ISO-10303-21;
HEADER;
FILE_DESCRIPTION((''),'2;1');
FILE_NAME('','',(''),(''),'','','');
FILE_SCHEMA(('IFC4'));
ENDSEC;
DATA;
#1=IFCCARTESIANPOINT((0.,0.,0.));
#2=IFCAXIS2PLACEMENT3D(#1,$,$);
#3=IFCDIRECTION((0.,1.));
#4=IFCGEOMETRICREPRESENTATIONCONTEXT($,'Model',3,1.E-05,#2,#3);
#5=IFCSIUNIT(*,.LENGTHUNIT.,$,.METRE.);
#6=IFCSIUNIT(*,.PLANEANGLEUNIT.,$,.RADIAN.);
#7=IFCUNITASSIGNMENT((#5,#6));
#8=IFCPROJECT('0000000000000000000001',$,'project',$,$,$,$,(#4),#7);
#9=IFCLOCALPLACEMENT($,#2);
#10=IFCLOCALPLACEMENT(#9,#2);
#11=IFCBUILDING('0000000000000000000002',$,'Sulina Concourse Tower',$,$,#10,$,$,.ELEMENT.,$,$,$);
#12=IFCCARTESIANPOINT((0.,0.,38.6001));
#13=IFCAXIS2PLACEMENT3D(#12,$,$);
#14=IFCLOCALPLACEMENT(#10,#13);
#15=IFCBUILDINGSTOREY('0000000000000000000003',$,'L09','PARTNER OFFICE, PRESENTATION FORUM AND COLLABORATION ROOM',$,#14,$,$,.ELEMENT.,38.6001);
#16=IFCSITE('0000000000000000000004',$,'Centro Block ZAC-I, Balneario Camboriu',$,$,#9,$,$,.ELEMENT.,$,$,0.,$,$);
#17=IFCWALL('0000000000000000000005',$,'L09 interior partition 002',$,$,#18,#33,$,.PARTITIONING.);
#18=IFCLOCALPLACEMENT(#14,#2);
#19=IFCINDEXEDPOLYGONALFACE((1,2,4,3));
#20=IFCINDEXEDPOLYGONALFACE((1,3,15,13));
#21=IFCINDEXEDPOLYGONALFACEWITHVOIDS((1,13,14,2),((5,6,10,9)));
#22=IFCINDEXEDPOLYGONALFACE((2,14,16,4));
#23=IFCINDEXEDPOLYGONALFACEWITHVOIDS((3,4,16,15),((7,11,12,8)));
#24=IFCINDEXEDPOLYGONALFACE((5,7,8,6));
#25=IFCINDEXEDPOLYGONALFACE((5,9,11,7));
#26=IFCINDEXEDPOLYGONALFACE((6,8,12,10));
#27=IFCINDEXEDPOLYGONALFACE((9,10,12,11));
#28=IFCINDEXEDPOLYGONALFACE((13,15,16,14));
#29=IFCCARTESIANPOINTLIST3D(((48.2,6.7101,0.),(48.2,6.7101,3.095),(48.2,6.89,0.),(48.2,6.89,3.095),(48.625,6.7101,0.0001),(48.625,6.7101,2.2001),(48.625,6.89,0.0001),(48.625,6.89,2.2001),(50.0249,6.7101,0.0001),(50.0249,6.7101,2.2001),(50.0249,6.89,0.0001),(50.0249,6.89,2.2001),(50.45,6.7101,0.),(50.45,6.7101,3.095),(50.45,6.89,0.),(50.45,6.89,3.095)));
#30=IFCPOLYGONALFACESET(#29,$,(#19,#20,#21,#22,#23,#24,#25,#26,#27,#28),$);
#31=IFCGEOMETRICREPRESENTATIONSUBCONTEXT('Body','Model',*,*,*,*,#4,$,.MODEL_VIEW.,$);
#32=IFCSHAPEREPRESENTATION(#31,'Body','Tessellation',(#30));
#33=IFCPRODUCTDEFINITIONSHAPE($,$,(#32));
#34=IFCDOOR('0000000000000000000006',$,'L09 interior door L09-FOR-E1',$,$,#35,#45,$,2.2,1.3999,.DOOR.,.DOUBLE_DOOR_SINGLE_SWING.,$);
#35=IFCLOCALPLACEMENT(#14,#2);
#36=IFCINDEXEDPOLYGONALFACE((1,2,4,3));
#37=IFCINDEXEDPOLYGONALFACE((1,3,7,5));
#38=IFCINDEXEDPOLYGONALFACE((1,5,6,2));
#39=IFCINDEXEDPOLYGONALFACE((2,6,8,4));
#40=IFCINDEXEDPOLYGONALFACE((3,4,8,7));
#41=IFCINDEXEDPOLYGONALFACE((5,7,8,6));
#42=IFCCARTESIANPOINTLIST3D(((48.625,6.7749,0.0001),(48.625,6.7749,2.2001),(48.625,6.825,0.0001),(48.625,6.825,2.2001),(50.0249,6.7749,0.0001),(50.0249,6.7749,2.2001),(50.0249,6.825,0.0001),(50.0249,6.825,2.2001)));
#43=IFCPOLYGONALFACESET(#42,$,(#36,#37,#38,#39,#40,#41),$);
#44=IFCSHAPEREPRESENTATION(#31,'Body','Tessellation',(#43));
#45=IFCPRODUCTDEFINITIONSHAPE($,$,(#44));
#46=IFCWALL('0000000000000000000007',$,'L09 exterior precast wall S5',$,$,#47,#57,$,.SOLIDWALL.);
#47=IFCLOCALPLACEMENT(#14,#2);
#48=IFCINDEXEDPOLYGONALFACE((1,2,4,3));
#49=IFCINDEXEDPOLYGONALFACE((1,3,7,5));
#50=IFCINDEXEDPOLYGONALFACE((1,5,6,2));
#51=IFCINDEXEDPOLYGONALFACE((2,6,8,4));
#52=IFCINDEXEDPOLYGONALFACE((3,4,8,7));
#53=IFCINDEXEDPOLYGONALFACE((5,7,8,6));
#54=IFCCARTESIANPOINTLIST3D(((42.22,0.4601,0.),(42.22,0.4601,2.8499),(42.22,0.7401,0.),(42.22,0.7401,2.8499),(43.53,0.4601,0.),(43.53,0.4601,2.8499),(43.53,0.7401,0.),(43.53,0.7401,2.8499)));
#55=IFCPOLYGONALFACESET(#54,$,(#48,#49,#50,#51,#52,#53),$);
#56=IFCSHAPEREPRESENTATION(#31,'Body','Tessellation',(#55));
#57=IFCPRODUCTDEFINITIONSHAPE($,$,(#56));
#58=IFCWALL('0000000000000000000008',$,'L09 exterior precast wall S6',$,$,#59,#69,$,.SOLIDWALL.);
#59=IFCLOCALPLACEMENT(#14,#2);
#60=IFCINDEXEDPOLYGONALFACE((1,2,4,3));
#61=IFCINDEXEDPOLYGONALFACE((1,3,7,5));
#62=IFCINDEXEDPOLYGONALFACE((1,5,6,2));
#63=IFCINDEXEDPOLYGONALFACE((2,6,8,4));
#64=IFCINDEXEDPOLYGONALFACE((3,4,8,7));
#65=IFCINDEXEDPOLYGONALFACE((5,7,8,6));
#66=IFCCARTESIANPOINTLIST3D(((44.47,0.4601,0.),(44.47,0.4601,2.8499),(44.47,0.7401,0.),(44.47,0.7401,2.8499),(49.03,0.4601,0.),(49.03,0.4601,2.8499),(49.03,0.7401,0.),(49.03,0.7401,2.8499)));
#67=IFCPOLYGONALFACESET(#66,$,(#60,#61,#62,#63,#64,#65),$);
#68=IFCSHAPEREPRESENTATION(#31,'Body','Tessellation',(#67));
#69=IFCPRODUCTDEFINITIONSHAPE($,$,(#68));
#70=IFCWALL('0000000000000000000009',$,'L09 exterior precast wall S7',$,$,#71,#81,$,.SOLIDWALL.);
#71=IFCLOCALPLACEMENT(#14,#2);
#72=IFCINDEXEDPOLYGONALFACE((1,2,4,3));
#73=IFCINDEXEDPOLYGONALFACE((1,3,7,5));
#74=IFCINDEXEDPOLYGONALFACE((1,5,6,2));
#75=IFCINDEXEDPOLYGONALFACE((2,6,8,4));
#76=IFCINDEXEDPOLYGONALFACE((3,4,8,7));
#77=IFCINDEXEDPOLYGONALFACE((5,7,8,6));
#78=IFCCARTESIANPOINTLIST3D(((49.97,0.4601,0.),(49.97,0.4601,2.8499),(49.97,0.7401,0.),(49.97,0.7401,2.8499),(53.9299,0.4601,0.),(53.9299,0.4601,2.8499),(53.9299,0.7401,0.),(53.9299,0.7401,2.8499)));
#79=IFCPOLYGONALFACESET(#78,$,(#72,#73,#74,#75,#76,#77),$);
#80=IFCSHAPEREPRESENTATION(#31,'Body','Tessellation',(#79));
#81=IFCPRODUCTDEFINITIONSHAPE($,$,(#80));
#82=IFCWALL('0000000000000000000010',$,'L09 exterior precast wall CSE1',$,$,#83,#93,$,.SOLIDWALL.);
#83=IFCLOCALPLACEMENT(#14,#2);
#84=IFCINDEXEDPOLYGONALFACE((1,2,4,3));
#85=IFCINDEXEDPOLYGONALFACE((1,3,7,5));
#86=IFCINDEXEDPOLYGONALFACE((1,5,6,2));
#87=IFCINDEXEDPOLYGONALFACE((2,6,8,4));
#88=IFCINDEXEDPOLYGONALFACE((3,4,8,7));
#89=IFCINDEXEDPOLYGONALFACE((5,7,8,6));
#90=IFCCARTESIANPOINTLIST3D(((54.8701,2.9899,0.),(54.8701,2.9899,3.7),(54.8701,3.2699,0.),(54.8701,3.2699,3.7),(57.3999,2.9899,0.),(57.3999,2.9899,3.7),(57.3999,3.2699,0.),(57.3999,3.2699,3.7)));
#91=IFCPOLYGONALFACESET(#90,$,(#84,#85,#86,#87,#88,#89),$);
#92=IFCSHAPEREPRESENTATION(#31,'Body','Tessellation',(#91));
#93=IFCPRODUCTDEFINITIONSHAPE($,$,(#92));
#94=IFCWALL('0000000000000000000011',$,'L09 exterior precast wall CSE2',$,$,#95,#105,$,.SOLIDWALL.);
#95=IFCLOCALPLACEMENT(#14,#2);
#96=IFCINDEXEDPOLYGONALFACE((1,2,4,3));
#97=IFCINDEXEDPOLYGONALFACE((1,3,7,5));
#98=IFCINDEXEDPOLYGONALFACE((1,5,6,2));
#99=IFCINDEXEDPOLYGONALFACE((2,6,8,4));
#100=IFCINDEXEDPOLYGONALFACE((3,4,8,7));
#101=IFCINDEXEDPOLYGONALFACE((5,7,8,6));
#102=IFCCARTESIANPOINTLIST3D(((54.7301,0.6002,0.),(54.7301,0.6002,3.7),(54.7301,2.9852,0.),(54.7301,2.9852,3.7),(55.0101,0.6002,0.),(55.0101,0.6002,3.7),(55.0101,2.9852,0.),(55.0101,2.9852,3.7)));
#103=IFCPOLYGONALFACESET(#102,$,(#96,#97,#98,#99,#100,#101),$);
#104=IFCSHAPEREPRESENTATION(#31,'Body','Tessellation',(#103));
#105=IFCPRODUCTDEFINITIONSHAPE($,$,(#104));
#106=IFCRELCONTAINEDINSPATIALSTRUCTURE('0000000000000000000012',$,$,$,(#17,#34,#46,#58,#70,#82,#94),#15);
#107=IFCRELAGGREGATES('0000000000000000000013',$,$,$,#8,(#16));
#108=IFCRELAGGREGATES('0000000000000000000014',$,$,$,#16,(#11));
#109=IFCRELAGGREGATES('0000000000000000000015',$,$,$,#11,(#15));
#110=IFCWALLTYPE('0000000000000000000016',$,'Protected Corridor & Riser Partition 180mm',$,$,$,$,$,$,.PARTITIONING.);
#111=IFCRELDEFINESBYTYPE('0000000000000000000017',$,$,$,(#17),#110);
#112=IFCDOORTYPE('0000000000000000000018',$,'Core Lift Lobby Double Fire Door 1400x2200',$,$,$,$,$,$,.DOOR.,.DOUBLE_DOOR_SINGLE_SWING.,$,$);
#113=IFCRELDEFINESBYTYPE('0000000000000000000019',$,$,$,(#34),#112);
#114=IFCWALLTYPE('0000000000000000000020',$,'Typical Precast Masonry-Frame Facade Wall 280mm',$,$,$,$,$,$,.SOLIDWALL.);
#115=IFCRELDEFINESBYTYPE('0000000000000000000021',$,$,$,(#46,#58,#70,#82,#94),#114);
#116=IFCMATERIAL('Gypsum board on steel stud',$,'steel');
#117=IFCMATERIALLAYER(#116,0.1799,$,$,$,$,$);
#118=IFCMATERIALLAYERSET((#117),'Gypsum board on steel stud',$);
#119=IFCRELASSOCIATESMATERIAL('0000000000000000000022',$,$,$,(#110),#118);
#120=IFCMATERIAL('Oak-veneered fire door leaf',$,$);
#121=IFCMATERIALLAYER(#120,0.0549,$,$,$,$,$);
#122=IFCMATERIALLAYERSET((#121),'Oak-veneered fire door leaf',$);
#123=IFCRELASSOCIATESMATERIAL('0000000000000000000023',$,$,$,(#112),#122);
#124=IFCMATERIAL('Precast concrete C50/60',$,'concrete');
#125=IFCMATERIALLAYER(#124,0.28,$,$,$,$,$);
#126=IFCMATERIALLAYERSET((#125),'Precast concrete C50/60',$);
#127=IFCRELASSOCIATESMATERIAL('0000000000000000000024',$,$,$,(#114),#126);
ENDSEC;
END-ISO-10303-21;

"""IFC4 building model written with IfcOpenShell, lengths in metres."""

from ifc_helpers import new_model, si_unit, direction, frame, frame_2d, origin, place, context, subcontext, project, spatial, rectangle, extrude, material, layer, layer_set, type_object, element, fill, save


model = new_model("IFC4")

# Units and contexts
model_context = context("Model", 3, precision=1e-05, world=origin(), true_north=direction((0.0, 1.0)))
body_context = subcontext(model_context, "Body", "Model", "MODEL_VIEW")
ifc_project = project(units=[si_unit("LENGTHUNIT", "METRE"), si_unit("PLANEANGLEUNIT", "RADIAN")], contexts=[model_context])

# Site, building, storey
site_placement = place(None, origin())
site = spatial("IfcSite", under=ifc_project, at=site_placement, Name="Centro Block ZAC-I, Balneario Camboriu", CompositionType="ELEMENT", RefElevation=0.0)
building_placement = place(site_placement, origin())
building = spatial("IfcBuilding", under=site, at=building_placement, Name="Sulina Concourse Tower", CompositionType="ELEMENT")
storey_placement = place(building_placement, frame((0.0, 0.0, 38.6001)))
storey = spatial("IfcBuildingStorey", under=building, at=storey_placement, Name="L09", Description="PARTNER OFFICE, PRESENTATION FORUM AND COLLABORATION ROOM", CompositionType="ELEMENT", Elevation=38.6001)

# Wall, opening, door
ifc_material_1 = material(Name="Gypsum board on steel stud", Category="steel")
ifc_layer_1 = layer(ifc_material_1, 0.1799)
ifc_layer_set_1 = layer_set([ifc_layer_1], Name="Gypsum board on steel stud")
wall_type_1 = type_object("IfcWallType", Name="Protected Corridor & Riser Partition 180mm", PredefinedType="PARTITIONING", material=ifc_layer_set_1)
wall_1_placement = place(storey_placement, frame((48.2, 6.8, 0.0), z_axis=(0.0, 0.0, 1.0), x_axis=(1.0, 0.0, 0.0)))
wall_1 = element("IfcWall", 1, at=wall_1_placement, inside=storey, type_object=wall_type_1, Name="L09 interior partition 002", PredefinedType="PARTITIONING", context=body_context, shape_type="SweptSolid", body=[
    extrude(rectangle(XDim=2.25, YDim=0.1799, at=frame_2d((1.125, 0.0))), origin(), (0.0, 0.0, 1.0), 3.095),
])
opening_placement = place(wall_1_placement, frame((0.425, 0.0, 0.0)))
opening = element("IfcOpeningElement", 2, at=opening_placement, cuts=wall_1, PredefinedType="OPENING", context=body_context, shape_type="SweptSolid", body=[
    extrude(rectangle(XDim=1.3999, YDim=2.2, at=frame_2d((0.7, 1.1001))), frame((0.0, 0.0999, 0.0), z_axis=(0.0, -1.0, 0.0), x_axis=(1.0, 0.0, 0.0)), (0.0, 0.0, 1.0), 0.2),
])
ifc_material_2 = material(Name="Oak-veneered fire door leaf")
ifc_layer_2 = layer(ifc_material_2, 0.0549)
ifc_layer_set_2 = layer_set([ifc_layer_2], Name="Oak-veneered fire door leaf")
door_type = type_object("IfcDoorType", Name="Core Lift Lobby Double Fire Door 1400x2200", OperationType="DOUBLE_DOOR_SINGLE_SWING", PredefinedType="DOOR", material=ifc_layer_set_2)
door_placement = place(opening_placement, origin())
door = element("IfcDoor", 3, at=door_placement, inside=storey, type_object=door_type, Name="L09 interior door L09-FOR-E1", OperationType="DOUBLE_DOOR_SINGLE_SWING", OverallHeight=2.2, OverallWidth=1.3999, PredefinedType="DOOR", context=body_context, shape_type="SweptSolid", body=[
    extrude(rectangle(XDim=1.3999, YDim=2.2, at=frame_2d((0.7, 1.1001))), frame((0.0, 0.0249, 0.0), z_axis=(0.0, -1.0, 0.0), x_axis=(1.0, 0.0, 0.0)), (0.0, 0.0, 1.0), 0.05),
])
fill(opening, door)

# Walls
ifc_material_3 = material(Name="Precast concrete C50/60", Category="concrete")
ifc_layer_3 = layer(ifc_material_3, 0.28)
ifc_layer_set_3 = layer_set([ifc_layer_3], Name="Precast concrete C50/60")
wall_type_2 = type_object("IfcWallType", Name="Typical Precast Masonry-Frame Facade Wall 280mm", PredefinedType="SOLIDWALL", material=ifc_layer_set_3)
wall_2_placement = place(storey_placement, frame((43.53, 0.6001, 0.0), z_axis=(0.0, 0.0, 1.0), x_axis=(-1.0, 0.0, 0.0)))
element("IfcWall", 4, at=wall_2_placement, inside=storey, type_object=wall_type_2, Name="L09 exterior precast wall S5", PredefinedType="SOLIDWALL", context=body_context, shape_type="SweptSolid", body=[
    extrude(rectangle(XDim=1.3101, YDim=0.28, at=frame_2d((0.655, 0.0))), origin(), (0.0, 0.0, 1.0), 2.8499),
])
wall_3_placement = place(storey_placement, frame((49.03, 0.6001, 0.0), z_axis=(0.0, 0.0, 1.0), x_axis=(-1.0, 0.0, 0.0)))
element("IfcWall", 5, at=wall_3_placement, inside=storey, type_object=wall_type_2, Name="L09 exterior precast wall S6", PredefinedType="SOLIDWALL", context=body_context, shape_type="SweptSolid", body=[
    extrude(rectangle(XDim=4.5601, YDim=0.28, at=frame_2d((2.28, 0.0))), origin(), (0.0, 0.0, 1.0), 2.8499),
])
wall_4_placement = place(storey_placement, frame((53.9299, 0.6001, 0.0), z_axis=(0.0, 0.0, 1.0), x_axis=(-1.0, 0.0, 0.0)))
element("IfcWall", 6, at=wall_4_placement, inside=storey, type_object=wall_type_2, Name="L09 exterior precast wall S7", PredefinedType="SOLIDWALL", context=body_context, shape_type="SweptSolid", body=[
    extrude(rectangle(XDim=3.96, YDim=0.28, at=frame_2d((1.98, 0.0))), origin(), (0.0, 0.0, 1.0), 2.8499),
])
wall_5_placement = place(storey_placement, frame((57.3999, 3.1299, 0.0), z_axis=(0.0, 0.0, 1.0), x_axis=(-1.0, 0.0, 0.0)))
element("IfcWall", 7, at=wall_5_placement, inside=storey, type_object=wall_type_2, Name="L09 exterior precast wall CSE1", PredefinedType="SOLIDWALL", context=body_context, shape_type="SweptSolid", body=[
    extrude(rectangle(XDim=2.5298, YDim=0.28, at=frame_2d((1.2649, 0.0))), origin(), (0.0, 0.0, 1.0), 3.7),
])
wall_6_placement = place(storey_placement, frame((54.8701, 2.9851, 0.0), z_axis=(0.0, 0.0, 1.0), x_axis=(0.0, -1.0, 0.0)))
element("IfcWall", 8, at=wall_6_placement, inside=storey, type_object=wall_type_2, Name="L09 exterior precast wall CSE2", PredefinedType="SOLIDWALL", context=body_context, shape_type="SweptSolid", body=[
    extrude(rectangle(XDim=2.385, YDim=0.28, at=frame_2d((1.1924, 0.0))), origin(), (0.0, 0.0, 1.0), 3.7),
])

save(model, "model.ifc")
